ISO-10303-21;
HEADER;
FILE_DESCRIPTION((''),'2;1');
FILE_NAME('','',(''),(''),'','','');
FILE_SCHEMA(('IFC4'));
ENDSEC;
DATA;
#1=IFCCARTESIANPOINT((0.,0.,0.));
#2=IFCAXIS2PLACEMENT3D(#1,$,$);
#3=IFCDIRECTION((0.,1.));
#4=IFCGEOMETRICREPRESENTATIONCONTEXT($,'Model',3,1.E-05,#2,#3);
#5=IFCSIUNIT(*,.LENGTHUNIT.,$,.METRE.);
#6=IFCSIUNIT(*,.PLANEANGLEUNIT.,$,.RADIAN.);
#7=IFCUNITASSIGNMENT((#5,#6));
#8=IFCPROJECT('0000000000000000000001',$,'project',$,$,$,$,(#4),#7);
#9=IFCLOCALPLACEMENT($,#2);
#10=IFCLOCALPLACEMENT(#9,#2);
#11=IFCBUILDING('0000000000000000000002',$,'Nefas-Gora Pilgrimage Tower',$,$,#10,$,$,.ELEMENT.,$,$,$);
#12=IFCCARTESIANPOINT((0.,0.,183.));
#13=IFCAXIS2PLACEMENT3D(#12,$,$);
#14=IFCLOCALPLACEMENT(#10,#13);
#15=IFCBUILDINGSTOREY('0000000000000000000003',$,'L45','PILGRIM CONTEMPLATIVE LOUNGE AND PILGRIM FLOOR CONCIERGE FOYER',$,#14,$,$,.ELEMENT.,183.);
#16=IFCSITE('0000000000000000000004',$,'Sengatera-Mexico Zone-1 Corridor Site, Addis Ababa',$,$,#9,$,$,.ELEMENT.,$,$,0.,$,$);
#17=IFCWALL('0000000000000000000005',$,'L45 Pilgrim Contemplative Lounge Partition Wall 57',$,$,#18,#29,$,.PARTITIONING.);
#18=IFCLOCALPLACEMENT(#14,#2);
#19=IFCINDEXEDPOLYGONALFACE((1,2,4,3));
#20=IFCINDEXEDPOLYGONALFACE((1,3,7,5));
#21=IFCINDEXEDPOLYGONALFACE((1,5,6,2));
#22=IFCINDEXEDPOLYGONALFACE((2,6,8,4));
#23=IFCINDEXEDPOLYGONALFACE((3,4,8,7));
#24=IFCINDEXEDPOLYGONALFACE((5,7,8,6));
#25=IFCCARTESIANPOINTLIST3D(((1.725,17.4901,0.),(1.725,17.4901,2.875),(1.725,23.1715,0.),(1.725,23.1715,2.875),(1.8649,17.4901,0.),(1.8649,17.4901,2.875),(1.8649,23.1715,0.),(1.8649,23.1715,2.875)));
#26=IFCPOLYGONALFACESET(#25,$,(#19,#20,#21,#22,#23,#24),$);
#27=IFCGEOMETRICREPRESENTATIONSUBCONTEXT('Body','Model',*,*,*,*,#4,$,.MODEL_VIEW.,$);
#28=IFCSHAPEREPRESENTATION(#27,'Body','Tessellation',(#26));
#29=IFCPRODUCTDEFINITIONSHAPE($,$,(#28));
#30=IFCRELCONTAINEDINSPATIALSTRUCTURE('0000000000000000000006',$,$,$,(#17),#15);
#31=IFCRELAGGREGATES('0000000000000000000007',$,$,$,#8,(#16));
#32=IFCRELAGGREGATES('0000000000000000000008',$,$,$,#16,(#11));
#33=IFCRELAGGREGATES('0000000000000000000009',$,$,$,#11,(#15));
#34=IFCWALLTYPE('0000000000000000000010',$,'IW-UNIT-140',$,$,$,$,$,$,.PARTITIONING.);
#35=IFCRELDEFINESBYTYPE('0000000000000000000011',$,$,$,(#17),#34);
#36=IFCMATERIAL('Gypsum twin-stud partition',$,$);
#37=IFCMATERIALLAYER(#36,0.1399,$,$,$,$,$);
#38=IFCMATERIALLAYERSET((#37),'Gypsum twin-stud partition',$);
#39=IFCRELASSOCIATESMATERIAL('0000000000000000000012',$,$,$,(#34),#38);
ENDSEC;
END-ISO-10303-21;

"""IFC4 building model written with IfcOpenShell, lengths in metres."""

from ifc_helpers import new_model, si_unit, direction, frame, frame_2d, origin, place, context, subcontext, project, spatial, rectangle, extrude, source, transform, mapped, material, layer, layer_set, type_object, element, save


model = new_model("IFC4")

# Units and contexts
model_context = context("Model", 3, precision=1e-05, world=origin(), true_north=direction((0.0, 1.0)))
body_context = subcontext(model_context, "Body", "Model", "MODEL_VIEW")
ifc_project = project(units=[si_unit("LENGTHUNIT", "METRE"), si_unit("PLANEANGLEUNIT", "RADIAN")], contexts=[model_context])

# Site, building, storey
site_placement = place(None, origin())
site = spatial("IfcSite", under=ifc_project, at=site_placement, Name="Sengatera-Mexico Zone-1 Corridor Site, Addis Ababa", CompositionType="ELEMENT", RefElevation=0.0)
building_placement = place(site_placement, origin())
building = spatial("IfcBuilding", under=site, at=building_placement, Name="Nefas-Gora Pilgrimage Tower", CompositionType="ELEMENT")
storey_placement = place(building_placement, frame((0.0, 0.0, 183.0)))
storey = spatial("IfcBuildingStorey", under=building, at=storey_placement, Name="L45", Description="PILGRIM CONTEMPLATIVE LOUNGE AND PILGRIM FLOOR CONCIERGE FOYER", CompositionType="ELEMENT", Elevation=183.0)

# Shared definitions
ifc_material_1 = material(Name="Gypsum twin-stud partition")
ifc_layer_1 = layer(ifc_material_1, 0.1399)
ifc_layer_set_1 = layer_set([ifc_layer_1], Name="Gypsum twin-stud partition")
wall_type_1 = type_object("IfcWallType", Name="IW-UNIT-140", PredefinedType="PARTITIONING", material=ifc_layer_set_1)

# Wall
shared_shape_1 = source(origin(), body_context, "Body", "SweptSolid", [
    extrude(rectangle(XDim=5.6814, YDim=0.1399, at=frame_2d((2.8408, 0.0))), origin(), (0.0, 0.0, 1.0), 2.875),
])
wall_1_placement = place(storey_placement, frame((1.7949, 17.49, 0.0), z_axis=(0.0, 0.0, 1.0), x_axis=(0.0, 1.0, 0.0)))
element("IfcWall", 1, at=wall_1_placement, inside=storey, type_object=wall_type_1, Name="L45 Pilgrim Contemplative Lounge Partition Wall 57", PredefinedType="PARTITIONING", context=body_context, shape_type="MappedRepresentation", body=[
    mapped(shared_shape_1, transform((0.0, 0.0, 0.0), x_axis=(1.0, 0.0, 0.0), y_axis=(0.0, 1.0, 0.0), z_axis=(0.0, 0.0, 1.0), scale=1.0)),
])

save(model, "model.ifc")
